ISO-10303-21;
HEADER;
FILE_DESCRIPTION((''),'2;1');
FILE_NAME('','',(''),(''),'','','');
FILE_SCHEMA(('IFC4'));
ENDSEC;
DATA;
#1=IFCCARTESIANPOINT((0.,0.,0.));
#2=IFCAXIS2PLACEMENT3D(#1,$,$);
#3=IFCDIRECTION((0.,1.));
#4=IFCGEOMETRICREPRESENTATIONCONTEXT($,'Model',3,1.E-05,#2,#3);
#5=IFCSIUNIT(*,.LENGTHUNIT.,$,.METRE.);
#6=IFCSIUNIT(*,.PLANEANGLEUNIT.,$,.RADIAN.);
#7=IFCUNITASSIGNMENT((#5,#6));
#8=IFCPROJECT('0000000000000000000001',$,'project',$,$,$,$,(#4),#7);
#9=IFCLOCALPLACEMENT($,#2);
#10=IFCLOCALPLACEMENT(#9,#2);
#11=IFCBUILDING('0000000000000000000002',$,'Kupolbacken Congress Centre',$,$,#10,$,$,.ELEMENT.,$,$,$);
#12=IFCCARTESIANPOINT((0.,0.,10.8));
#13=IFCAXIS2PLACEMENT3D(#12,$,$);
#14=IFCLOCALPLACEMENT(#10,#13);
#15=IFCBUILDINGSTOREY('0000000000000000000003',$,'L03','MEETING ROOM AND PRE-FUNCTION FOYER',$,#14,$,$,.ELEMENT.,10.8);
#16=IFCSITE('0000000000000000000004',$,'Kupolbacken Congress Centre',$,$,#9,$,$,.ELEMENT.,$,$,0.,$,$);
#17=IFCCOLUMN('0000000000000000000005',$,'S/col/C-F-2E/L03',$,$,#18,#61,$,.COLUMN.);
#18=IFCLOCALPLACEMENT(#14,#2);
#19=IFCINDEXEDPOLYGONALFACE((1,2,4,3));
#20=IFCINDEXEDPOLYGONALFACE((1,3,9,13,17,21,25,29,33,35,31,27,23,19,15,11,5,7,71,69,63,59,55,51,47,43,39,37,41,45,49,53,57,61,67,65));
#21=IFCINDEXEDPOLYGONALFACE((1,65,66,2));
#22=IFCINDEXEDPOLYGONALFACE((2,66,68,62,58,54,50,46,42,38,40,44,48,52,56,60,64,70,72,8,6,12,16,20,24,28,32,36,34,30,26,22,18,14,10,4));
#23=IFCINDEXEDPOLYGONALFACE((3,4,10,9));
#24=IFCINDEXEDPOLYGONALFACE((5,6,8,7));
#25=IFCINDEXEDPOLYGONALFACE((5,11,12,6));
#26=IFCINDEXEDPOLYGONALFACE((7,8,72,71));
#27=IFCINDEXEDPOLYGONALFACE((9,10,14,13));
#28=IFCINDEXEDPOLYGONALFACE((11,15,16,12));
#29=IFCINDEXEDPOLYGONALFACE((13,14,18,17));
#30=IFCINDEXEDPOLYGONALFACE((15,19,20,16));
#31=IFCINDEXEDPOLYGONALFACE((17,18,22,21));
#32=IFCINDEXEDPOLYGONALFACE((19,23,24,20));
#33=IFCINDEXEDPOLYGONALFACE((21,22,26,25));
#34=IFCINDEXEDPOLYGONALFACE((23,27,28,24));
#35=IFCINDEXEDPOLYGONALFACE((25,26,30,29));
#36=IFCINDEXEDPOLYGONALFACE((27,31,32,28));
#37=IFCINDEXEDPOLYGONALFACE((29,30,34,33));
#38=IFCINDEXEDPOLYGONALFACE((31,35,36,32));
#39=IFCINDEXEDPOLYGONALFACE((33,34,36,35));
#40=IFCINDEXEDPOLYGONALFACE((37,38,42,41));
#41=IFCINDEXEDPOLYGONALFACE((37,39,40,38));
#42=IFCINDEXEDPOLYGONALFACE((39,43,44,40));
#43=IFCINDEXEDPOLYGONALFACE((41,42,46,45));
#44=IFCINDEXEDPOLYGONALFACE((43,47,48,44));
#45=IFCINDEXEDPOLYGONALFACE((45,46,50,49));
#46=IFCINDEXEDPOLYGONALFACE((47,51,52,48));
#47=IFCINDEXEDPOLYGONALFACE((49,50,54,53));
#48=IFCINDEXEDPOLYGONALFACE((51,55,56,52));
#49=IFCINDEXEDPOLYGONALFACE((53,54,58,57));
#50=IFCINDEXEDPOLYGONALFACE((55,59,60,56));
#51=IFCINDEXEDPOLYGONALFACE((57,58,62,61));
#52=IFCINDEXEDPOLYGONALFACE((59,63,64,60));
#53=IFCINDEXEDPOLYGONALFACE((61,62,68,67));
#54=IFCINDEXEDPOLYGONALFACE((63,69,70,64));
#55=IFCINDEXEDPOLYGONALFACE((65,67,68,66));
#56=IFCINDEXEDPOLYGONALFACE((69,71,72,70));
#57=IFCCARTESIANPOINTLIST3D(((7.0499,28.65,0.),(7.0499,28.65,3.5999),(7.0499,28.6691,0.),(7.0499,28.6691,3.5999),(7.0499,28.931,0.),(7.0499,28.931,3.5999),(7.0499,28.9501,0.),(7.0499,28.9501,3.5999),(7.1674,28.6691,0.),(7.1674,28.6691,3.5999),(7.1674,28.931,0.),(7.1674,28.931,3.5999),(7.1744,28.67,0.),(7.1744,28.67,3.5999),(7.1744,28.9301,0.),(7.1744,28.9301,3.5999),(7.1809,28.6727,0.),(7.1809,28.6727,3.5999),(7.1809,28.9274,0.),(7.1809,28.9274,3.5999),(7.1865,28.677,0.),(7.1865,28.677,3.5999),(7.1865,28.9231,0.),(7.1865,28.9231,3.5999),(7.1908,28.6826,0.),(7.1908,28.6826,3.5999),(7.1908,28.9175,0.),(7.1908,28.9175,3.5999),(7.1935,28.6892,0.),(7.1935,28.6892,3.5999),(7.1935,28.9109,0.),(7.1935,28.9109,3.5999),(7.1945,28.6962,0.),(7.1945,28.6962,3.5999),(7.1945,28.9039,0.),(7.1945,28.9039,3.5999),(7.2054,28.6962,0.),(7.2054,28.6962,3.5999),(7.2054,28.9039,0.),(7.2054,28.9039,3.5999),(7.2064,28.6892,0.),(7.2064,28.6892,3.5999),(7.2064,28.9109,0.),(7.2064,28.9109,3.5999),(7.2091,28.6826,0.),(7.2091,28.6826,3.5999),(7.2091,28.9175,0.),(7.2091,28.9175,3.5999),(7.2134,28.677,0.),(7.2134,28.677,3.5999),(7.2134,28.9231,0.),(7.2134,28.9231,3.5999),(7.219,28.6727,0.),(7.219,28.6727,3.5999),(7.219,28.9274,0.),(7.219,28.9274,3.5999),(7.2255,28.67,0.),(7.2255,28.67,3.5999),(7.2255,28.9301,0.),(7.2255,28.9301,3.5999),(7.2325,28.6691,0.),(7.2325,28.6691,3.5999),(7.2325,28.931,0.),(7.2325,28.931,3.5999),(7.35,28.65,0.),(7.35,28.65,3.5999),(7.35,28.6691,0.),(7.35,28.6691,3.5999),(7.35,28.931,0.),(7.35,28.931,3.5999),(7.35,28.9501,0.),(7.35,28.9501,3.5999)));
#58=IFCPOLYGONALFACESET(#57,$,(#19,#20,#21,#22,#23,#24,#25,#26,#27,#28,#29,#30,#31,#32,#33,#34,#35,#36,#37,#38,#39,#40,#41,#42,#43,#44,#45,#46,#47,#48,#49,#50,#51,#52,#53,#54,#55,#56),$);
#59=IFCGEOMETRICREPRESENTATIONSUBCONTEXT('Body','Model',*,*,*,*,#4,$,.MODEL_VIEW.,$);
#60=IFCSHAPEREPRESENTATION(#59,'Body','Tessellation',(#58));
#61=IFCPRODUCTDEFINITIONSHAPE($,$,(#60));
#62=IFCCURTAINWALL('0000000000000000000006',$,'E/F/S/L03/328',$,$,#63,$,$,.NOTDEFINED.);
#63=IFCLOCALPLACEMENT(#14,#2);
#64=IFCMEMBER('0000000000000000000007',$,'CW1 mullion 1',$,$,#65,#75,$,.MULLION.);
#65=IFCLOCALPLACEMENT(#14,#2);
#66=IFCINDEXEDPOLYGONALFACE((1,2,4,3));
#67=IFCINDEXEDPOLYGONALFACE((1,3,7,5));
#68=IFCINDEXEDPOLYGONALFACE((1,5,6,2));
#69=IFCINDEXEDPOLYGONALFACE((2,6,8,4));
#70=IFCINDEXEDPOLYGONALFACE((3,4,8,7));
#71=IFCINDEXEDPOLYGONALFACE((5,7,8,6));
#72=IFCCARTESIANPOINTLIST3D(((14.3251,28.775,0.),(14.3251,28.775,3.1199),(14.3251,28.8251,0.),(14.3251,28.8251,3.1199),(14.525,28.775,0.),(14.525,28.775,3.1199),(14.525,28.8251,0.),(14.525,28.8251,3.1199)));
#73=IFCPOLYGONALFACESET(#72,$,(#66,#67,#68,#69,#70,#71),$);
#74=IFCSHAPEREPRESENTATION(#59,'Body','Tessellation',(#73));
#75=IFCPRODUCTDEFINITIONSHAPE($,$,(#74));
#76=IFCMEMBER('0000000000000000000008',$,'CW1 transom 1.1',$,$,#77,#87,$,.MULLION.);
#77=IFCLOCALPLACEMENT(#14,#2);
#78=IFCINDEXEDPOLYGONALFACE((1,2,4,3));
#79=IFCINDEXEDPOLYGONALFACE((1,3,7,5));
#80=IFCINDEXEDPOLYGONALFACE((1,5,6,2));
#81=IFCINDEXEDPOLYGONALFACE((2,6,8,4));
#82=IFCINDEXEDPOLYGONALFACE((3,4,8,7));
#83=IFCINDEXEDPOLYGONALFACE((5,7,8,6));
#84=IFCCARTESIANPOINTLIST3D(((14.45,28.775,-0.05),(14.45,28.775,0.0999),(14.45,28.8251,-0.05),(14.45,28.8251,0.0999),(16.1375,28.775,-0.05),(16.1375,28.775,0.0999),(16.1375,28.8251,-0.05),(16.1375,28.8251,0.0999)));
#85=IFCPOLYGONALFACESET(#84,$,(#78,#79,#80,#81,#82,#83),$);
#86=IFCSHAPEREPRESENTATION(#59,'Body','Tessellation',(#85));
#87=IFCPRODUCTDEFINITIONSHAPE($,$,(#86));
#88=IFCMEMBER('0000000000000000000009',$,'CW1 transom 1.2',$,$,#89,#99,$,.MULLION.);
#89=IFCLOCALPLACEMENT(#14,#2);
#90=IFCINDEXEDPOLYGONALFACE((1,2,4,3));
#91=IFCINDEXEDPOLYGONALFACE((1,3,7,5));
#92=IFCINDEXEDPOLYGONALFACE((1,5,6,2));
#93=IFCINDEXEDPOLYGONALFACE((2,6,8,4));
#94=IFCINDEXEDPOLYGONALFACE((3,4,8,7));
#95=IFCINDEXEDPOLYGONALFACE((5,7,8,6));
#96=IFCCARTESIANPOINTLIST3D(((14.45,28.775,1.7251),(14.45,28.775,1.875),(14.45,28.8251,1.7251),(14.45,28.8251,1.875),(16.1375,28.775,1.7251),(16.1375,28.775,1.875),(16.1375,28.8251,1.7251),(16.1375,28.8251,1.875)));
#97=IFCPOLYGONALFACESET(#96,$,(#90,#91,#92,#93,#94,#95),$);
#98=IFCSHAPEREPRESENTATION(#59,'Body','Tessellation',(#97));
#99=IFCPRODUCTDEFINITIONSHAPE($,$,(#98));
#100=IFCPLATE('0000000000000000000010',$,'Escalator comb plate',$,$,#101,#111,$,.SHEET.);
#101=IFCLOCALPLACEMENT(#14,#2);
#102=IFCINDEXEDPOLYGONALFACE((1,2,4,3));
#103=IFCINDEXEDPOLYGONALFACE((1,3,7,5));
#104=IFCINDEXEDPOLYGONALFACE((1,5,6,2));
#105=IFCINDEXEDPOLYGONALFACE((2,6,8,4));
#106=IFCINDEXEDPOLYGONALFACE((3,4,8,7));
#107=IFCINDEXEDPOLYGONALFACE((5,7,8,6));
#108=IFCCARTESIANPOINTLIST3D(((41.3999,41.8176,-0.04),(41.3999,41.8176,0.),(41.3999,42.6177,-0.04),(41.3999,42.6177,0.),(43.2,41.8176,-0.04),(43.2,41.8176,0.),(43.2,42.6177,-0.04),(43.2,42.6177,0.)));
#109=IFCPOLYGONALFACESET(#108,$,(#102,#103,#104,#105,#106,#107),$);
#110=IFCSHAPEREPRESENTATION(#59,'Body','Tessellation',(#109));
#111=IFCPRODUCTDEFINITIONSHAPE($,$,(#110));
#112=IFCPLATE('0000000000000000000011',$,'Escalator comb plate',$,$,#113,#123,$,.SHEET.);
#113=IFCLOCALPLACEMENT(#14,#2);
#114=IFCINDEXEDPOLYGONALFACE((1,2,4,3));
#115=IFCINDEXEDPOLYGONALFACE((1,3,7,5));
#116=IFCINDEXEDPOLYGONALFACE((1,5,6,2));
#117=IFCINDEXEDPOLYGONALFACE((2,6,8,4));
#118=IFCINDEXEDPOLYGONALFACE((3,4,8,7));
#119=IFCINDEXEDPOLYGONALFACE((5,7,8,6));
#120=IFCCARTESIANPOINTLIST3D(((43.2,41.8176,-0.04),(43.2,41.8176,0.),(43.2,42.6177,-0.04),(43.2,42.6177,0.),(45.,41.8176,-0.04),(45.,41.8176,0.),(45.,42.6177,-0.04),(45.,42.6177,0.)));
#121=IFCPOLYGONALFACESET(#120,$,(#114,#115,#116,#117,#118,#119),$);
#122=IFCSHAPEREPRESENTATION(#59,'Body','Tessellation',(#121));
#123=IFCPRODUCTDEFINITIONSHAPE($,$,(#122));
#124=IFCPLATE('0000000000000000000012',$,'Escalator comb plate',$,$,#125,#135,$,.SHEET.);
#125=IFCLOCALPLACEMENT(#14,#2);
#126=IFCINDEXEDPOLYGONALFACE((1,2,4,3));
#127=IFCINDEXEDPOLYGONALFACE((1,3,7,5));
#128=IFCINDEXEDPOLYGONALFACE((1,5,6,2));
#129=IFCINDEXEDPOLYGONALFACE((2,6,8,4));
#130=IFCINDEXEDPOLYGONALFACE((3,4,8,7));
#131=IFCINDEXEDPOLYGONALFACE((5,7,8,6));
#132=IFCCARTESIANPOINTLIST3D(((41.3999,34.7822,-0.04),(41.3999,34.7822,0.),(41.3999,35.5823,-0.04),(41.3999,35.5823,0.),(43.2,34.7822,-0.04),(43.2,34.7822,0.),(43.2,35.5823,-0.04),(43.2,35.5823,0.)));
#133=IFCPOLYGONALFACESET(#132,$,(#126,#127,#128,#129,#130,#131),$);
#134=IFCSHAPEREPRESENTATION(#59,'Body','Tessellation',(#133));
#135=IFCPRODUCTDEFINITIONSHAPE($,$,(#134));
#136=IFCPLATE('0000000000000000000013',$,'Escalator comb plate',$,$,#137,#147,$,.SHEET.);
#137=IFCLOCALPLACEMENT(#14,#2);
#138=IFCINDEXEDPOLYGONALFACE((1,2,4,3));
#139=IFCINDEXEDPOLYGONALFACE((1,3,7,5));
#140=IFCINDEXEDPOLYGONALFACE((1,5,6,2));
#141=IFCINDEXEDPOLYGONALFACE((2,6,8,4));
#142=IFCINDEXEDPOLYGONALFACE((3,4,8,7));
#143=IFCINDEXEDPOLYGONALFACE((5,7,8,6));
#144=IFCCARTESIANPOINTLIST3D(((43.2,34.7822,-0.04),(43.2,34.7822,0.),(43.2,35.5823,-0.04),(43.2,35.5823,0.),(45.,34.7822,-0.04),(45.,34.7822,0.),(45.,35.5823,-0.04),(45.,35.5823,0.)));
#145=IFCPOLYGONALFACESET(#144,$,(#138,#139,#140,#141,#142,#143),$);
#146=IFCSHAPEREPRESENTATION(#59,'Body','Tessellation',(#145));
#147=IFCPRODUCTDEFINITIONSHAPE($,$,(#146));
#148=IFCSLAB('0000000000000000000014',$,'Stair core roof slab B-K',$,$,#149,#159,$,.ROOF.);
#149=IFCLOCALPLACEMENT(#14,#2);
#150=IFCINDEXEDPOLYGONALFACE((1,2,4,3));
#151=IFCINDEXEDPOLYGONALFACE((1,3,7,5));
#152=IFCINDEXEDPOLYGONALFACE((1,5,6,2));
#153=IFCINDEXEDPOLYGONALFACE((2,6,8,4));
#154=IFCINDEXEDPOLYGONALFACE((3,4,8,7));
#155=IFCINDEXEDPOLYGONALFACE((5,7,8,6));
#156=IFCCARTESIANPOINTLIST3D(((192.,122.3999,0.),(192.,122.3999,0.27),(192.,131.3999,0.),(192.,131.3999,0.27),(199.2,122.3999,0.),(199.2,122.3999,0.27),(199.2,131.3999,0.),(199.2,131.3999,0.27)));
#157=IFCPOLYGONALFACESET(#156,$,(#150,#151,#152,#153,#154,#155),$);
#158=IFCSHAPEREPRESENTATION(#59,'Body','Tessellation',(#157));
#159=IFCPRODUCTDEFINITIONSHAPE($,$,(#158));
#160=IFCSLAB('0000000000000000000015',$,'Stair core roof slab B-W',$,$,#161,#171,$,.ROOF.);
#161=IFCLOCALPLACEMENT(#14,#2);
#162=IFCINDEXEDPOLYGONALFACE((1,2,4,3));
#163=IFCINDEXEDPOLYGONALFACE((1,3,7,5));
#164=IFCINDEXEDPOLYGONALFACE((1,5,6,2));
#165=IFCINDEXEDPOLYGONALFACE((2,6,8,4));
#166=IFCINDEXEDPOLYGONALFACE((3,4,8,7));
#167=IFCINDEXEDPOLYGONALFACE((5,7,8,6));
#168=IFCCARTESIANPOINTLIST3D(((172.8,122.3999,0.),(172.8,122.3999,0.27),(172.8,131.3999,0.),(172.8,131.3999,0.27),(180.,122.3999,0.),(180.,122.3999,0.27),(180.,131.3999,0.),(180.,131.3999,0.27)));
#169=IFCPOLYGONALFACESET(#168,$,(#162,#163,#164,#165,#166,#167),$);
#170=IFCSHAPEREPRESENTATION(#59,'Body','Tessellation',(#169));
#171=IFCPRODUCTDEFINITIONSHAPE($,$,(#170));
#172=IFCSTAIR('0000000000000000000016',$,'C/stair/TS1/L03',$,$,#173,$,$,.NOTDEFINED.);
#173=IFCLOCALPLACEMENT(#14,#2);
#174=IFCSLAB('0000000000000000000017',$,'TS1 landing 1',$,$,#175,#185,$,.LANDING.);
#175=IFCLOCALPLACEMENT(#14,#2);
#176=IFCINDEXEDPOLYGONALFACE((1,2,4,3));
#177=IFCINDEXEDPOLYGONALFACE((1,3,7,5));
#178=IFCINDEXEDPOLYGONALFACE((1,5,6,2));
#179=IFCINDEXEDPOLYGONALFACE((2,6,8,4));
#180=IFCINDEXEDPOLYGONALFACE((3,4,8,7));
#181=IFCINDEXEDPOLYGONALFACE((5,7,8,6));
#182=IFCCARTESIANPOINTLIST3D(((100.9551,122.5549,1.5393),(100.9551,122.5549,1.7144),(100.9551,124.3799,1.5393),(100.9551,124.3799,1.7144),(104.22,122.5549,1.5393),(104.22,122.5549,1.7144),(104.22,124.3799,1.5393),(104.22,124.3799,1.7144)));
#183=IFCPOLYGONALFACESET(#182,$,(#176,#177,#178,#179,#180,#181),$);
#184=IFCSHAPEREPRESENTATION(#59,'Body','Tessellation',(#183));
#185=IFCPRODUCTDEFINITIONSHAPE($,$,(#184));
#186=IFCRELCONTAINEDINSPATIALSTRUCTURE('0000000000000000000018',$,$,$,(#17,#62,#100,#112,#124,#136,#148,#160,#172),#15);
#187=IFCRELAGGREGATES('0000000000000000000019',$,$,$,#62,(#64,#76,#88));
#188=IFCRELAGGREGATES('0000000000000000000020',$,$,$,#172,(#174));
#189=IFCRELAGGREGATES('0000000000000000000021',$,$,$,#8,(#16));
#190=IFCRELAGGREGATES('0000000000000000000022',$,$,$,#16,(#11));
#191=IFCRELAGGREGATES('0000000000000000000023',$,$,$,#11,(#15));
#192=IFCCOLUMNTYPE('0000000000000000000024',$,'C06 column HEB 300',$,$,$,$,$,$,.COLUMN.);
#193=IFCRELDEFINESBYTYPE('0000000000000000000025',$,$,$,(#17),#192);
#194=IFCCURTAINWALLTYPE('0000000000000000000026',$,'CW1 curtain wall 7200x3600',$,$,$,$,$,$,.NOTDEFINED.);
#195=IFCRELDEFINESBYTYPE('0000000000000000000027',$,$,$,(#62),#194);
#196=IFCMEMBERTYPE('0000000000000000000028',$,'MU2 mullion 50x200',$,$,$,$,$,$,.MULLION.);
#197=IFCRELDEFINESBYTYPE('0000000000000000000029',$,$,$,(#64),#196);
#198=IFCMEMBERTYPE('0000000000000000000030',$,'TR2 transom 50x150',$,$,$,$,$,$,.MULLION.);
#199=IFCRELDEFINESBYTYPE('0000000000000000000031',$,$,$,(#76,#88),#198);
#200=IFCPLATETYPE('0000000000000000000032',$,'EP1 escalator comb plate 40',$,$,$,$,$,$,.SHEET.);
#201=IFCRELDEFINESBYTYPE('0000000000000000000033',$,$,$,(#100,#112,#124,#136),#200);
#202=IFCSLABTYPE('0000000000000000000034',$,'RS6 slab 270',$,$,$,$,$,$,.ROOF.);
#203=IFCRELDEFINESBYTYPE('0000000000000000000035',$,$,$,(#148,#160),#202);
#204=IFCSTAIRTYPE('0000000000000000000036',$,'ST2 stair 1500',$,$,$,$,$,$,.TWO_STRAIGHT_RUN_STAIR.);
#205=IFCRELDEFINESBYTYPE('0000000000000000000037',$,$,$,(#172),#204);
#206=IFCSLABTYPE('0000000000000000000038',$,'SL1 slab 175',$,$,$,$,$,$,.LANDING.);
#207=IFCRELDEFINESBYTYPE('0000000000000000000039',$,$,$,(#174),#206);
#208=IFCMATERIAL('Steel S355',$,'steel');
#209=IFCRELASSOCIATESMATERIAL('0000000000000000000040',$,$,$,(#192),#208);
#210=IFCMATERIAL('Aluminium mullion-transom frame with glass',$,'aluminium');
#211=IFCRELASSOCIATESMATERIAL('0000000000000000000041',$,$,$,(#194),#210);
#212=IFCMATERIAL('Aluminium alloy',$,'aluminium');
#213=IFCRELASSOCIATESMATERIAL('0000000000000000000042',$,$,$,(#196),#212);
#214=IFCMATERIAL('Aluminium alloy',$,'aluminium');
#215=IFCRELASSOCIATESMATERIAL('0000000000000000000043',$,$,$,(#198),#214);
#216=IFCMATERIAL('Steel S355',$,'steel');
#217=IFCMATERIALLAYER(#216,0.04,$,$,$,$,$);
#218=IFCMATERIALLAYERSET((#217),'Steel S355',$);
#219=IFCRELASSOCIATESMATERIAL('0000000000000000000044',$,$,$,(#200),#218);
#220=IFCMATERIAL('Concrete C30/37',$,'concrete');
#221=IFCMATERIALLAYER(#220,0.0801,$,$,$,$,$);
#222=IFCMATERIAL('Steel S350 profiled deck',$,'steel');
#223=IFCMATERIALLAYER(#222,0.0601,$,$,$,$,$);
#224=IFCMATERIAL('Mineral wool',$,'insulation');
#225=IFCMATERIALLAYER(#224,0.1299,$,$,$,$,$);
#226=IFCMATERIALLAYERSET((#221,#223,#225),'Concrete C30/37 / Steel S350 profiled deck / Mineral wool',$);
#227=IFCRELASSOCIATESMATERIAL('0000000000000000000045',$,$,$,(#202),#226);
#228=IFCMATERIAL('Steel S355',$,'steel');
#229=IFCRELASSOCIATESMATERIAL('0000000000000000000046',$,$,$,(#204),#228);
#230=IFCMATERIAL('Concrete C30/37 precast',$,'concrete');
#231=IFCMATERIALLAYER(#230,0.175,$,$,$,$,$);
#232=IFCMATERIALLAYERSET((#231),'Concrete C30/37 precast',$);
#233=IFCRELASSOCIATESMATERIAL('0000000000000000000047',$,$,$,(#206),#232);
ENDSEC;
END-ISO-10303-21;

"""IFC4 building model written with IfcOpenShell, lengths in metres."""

from ifc_helpers import new_model, si_unit, direction, frame, origin, origin_2d, place, context, subcontext, project, spatial, polyline, rectangle, i_section, outline, extrude, material, layer, layer_set, material_profile, profile_set, type_object, element, aggregate, save


model = new_model("IFC4")

# Units and contexts
model_context = context("Model", 3, precision=1e-05, world=origin(), true_north=direction((0.0, 1.0)))
body_context = subcontext(model_context, "Body", "Model", "MODEL_VIEW")
ifc_project = project(units=[si_unit("LENGTHUNIT", "METRE"), si_unit("PLANEANGLEUNIT", "RADIAN")], contexts=[model_context])

# Site, building, storey
site_placement = place(None, origin())
site = spatial("IfcSite", under=ifc_project, at=site_placement, Name="Kupolbacken Congress Centre", CompositionType="ELEMENT", RefElevation=0.0)
building_placement = place(site_placement, origin())
building = spatial("IfcBuilding", under=site, at=building_placement, Name="Kupolbacken Congress Centre", CompositionType="ELEMENT")
storey_placement = place(building_placement, frame((0.0, 0.0, 10.8)))
storey = spatial("IfcBuildingStorey", under=building, at=storey_placement, Name="L03", Description="MEETING ROOM AND PRE-FUNCTION FOYER", CompositionType="ELEMENT", Elevation=10.8)

# Column
ifc_material_1 = material(Name="Steel S355", Category="steel")
ifc_material_profile_1 = material_profile(ifc_material_1, i_section(OverallWidth=0.3, OverallDepth=0.3, WebThickness=0.011, FlangeThickness=0.019, FilletRadius=0.0271, at=origin_2d()), Name="HEB 300")
ifc_profile_set_1 = profile_set([ifc_material_profile_1], Name="Steel S355")
column_type = type_object("IfcColumnType", Name="C06 column HEB 300", PredefinedType="COLUMN", material=ifc_profile_set_1)
column_placement = place(storey_placement, frame((7.2, 28.8, 0.0), z_axis=(0.0, 0.0, 1.0), x_axis=(1.0, 0.0, 0.0)))
element("IfcColumn", 1, at=column_placement, inside=storey, type_object=column_type, Name="S/col/C-F-2E/L03", PredefinedType="COLUMN", context=body_context, shape_type="SweptSolid", body=[
    extrude(i_section(OverallWidth=0.3, OverallDepth=0.3, WebThickness=0.011, FlangeThickness=0.019, FilletRadius=0.0271, at=origin_2d()), origin(), (0.0, 0.0, 1.0), 3.5999),
])

# Curtain wall, members
ifc_material_2 = material(Name="Aluminium mullion-transom frame with glass", Category="aluminium")
curtain_wall_type = type_object("IfcCurtainWallType", Name="CW1 curtain wall 7200x3600", PredefinedType="NOTDEFINED", material=ifc_material_2)
curtain_wall_placement = place(storey_placement, origin())
curtain_wall = element("IfcCurtainWall", 2, at=curtain_wall_placement, inside=storey, type_object=curtain_wall_type, Name="E/F/S/L03/328", PredefinedType="NOTDEFINED")
ifc_material_3 = material(Name="Aluminium alloy", Category="aluminium")
ifc_material_profile_2 = material_profile(ifc_material_3, rectangle(XDim=0.05, YDim=0.2, at=origin_2d()), Name="50 x 200")
ifc_profile_set_2 = profile_set([ifc_material_profile_2], Name="Aluminium alloy")
member_type_1 = type_object("IfcMemberType", Name="MU2 mullion 50x200", PredefinedType="MULLION", material=ifc_profile_set_2)
member_1_placement = place(storey_placement, frame((14.425, 28.8, 0.0), z_axis=(0.0, 0.0, 1.0), x_axis=(0.0, 1.0, 0.0)))
member_1 = element("IfcMember", 3, at=member_1_placement, type_object=member_type_1, Name="CW1 mullion 1", PredefinedType="MULLION", context=body_context, shape_type="SweptSolid", body=[
    extrude(rectangle(XDim=0.05, YDim=0.2, at=origin_2d()), origin(), (0.0, 0.0, 1.0), 3.1199),
])
ifc_material_4 = material(Name="Aluminium alloy", Category="aluminium")
ifc_material_profile_3 = material_profile(ifc_material_4, rectangle(XDim=0.05, YDim=0.1499, at=origin_2d()), Name="50 x 150")
ifc_profile_set_3 = profile_set([ifc_material_profile_3], Name="Aluminium alloy")
member_type_2 = type_object("IfcMemberType", Name="TR2 transom 50x150", PredefinedType="MULLION", material=ifc_profile_set_3)
member_2_placement = place(storey_placement, frame((14.45, 28.8, 0.0249), z_axis=(1.0, 0.0, 0.0), x_axis=(0.0, 1.0, 0.0)))
member_2 = element("IfcMember", 4, at=member_2_placement, type_object=member_type_2, Name="CW1 transom 1.1", PredefinedType="MULLION", context=body_context, shape_type="SweptSolid", body=[
    extrude(rectangle(XDim=0.05, YDim=0.1499, at=origin_2d()), origin(), (0.0, 0.0, 1.0), 1.6875),
])
member_3_placement = place(storey_placement, frame((14.45, 28.8, 1.8), z_axis=(1.0, 0.0, 0.0), x_axis=(0.0, 1.0, 0.0)))
member_3 = element("IfcMember", 5, at=member_3_placement, type_object=member_type_2, Name="CW1 transom 1.2", PredefinedType="MULLION", context=body_context, shape_type="SweptSolid", body=[
    extrude(rectangle(XDim=0.05, YDim=0.1499, at=origin_2d()), origin(), (0.0, 0.0, 1.0), 1.6875),
])
aggregate(curtain_wall, [member_1, member_2, member_3])

# Plates
ifc_material_5 = material(Name="Steel S355", Category="steel")
ifc_layer_1 = layer(ifc_material_5, 0.04)
ifc_layer_set_1 = layer_set([ifc_layer_1], Name="Steel S355")
plate_type = type_object("IfcPlateType", Name="EP1 escalator comb plate 40", PredefinedType="SHEET", material=ifc_layer_set_1)
plate_1_placement = place(storey_placement, frame((0.0, 0.0, -0.04)))
element("IfcPlate", 6, at=plate_1_placement, inside=storey, type_object=plate_type, Name="Escalator comb plate", PredefinedType="SHEET", context=body_context, shape_type="SweptSolid", body=[
    extrude(outline(polyline([(41.3999, 41.8176), (43.2, 41.8176), (43.2, 42.6177), (41.3999, 42.6177), (41.3999, 41.8176)])), origin(), (0.0, 0.0, 1.0), 0.04),
])
plate_2_placement = place(storey_placement, frame((0.0, 0.0, -0.04)))
element("IfcPlate", 7, at=plate_2_placement, inside=storey, type_object=plate_type, Name="Escalator comb plate", PredefinedType="SHEET", context=body_context, shape_type="SweptSolid", body=[
    extrude(outline(polyline([(43.2, 41.8176), (45.0, 41.8176), (45.0, 42.6177), (43.2, 42.6177), (43.2, 41.8176)])), origin(), (0.0, 0.0, 1.0), 0.04),
])
plate_3_placement = place(storey_placement, frame((0.0, 0.0, -0.04)))
element("IfcPlate", 8, at=plate_3_placement, inside=storey, type_object=plate_type, Name="Escalator comb plate", PredefinedType="SHEET", context=body_context, shape_type="SweptSolid", body=[
    extrude(outline(polyline([(41.3999, 34.7822), (43.2, 34.7822), (43.2, 35.5823), (41.3999, 35.5823), (41.3999, 34.7822)])), origin(), (0.0, 0.0, 1.0), 0.04),
])
plate_4_placement = place(storey_placement, frame((0.0, 0.0, -0.04)))
element("IfcPlate", 9, at=plate_4_placement, inside=storey, type_object=plate_type, Name="Escalator comb plate", PredefinedType="SHEET", context=body_context, shape_type="SweptSolid", body=[
    extrude(outline(polyline([(43.2, 34.7822), (45.0, 34.7822), (45.0, 35.5823), (43.2, 35.5823), (43.2, 34.7822)])), origin(), (0.0, 0.0, 1.0), 0.04),
])

# Slabs
ifc_material_6 = material(Name="Concrete C30/37", Category="concrete")
ifc_layer_2 = layer(ifc_material_6, 0.0801)
ifc_material_7 = material(Name="Steel S350 profiled deck", Category="steel")
ifc_layer_3 = layer(ifc_material_7, 0.0601)
ifc_material_8 = material(Name="Mineral wool", Category="insulation")
ifc_layer_4 = layer(ifc_material_8, 0.1299)
ifc_layer_set_2 = layer_set([ifc_layer_2, ifc_layer_3, ifc_layer_4], Name="Concrete C30/37 / Steel S350 profiled deck / Mineral wool")
slab_type_1 = type_object("IfcSlabType", Name="RS6 slab 270", PredefinedType="ROOF", material=ifc_layer_set_2)
slab_1_placement = place(storey_placement, origin())
element("IfcSlab", 10, at=slab_1_placement, inside=storey, type_object=slab_type_1, Name="Stair core roof slab B-K", PredefinedType="ROOF", context=body_context, shape_type="SweptSolid", body=[
    extrude(outline(polyline([(192.0, 122.3999), (199.2, 122.3999), (199.2, 131.3999), (192.0, 131.3999), (192.0, 122.3999)])), origin(), (0.0, 0.0, 1.0), 0.27),
])
slab_2_placement = place(storey_placement, origin())
element("IfcSlab", 11, at=slab_2_placement, inside=storey, type_object=slab_type_1, Name="Stair core roof slab B-W", PredefinedType="ROOF", context=body_context, shape_type="SweptSolid", body=[
    extrude(outline(polyline([(172.8, 122.3999), (180.0, 122.3999), (180.0, 131.3999), (172.8, 131.3999), (172.8, 122.3999)])), origin(), (0.0, 0.0, 1.0), 0.27),
])

# Stair, slab
ifc_material_9 = material(Name="Steel S355", Category="steel")
stair_type_1 = type_object("IfcStairType", Name="ST2 stair 1500", PredefinedType="TWO_STRAIGHT_RUN_STAIR", material=ifc_material_9)
stair_1_placement = place(storey_placement, origin())
stair_1 = element("IfcStair", 12, at=stair_1_placement, inside=storey, type_object=stair_type_1, Name="C/stair/TS1/L03", PredefinedType="NOTDEFINED")
ifc_material_10 = material(Name="Concrete C30/37 precast", Category="concrete")
ifc_layer_5 = layer(ifc_material_10, 0.175)
ifc_layer_set_3 = layer_set([ifc_layer_5], Name="Concrete C30/37 precast")
slab_type_2 = type_object("IfcSlabType", Name="SL1 slab 175", PredefinedType="LANDING", material=ifc_layer_set_3)
slab_3_placement = place(storey_placement, frame((0.0, 0.0, 1.5393)))
slab_3 = element("IfcSlab", 13, at=slab_3_placement, type_object=slab_type_2, Name="TS1 landing 1", PredefinedType="LANDING", context=body_context, shape_type="SweptSolid", body=[
    extrude(outline(polyline([(100.9551, 122.5549), (104.22, 122.5549), (104.22, 124.3799), (100.9551, 124.3799), (100.9551, 122.5549)])), origin(), (0.0, 0.0, 1.0), 0.175),
])
aggregate(stair_1, [slab_3])

save(model, "model.ifc")
